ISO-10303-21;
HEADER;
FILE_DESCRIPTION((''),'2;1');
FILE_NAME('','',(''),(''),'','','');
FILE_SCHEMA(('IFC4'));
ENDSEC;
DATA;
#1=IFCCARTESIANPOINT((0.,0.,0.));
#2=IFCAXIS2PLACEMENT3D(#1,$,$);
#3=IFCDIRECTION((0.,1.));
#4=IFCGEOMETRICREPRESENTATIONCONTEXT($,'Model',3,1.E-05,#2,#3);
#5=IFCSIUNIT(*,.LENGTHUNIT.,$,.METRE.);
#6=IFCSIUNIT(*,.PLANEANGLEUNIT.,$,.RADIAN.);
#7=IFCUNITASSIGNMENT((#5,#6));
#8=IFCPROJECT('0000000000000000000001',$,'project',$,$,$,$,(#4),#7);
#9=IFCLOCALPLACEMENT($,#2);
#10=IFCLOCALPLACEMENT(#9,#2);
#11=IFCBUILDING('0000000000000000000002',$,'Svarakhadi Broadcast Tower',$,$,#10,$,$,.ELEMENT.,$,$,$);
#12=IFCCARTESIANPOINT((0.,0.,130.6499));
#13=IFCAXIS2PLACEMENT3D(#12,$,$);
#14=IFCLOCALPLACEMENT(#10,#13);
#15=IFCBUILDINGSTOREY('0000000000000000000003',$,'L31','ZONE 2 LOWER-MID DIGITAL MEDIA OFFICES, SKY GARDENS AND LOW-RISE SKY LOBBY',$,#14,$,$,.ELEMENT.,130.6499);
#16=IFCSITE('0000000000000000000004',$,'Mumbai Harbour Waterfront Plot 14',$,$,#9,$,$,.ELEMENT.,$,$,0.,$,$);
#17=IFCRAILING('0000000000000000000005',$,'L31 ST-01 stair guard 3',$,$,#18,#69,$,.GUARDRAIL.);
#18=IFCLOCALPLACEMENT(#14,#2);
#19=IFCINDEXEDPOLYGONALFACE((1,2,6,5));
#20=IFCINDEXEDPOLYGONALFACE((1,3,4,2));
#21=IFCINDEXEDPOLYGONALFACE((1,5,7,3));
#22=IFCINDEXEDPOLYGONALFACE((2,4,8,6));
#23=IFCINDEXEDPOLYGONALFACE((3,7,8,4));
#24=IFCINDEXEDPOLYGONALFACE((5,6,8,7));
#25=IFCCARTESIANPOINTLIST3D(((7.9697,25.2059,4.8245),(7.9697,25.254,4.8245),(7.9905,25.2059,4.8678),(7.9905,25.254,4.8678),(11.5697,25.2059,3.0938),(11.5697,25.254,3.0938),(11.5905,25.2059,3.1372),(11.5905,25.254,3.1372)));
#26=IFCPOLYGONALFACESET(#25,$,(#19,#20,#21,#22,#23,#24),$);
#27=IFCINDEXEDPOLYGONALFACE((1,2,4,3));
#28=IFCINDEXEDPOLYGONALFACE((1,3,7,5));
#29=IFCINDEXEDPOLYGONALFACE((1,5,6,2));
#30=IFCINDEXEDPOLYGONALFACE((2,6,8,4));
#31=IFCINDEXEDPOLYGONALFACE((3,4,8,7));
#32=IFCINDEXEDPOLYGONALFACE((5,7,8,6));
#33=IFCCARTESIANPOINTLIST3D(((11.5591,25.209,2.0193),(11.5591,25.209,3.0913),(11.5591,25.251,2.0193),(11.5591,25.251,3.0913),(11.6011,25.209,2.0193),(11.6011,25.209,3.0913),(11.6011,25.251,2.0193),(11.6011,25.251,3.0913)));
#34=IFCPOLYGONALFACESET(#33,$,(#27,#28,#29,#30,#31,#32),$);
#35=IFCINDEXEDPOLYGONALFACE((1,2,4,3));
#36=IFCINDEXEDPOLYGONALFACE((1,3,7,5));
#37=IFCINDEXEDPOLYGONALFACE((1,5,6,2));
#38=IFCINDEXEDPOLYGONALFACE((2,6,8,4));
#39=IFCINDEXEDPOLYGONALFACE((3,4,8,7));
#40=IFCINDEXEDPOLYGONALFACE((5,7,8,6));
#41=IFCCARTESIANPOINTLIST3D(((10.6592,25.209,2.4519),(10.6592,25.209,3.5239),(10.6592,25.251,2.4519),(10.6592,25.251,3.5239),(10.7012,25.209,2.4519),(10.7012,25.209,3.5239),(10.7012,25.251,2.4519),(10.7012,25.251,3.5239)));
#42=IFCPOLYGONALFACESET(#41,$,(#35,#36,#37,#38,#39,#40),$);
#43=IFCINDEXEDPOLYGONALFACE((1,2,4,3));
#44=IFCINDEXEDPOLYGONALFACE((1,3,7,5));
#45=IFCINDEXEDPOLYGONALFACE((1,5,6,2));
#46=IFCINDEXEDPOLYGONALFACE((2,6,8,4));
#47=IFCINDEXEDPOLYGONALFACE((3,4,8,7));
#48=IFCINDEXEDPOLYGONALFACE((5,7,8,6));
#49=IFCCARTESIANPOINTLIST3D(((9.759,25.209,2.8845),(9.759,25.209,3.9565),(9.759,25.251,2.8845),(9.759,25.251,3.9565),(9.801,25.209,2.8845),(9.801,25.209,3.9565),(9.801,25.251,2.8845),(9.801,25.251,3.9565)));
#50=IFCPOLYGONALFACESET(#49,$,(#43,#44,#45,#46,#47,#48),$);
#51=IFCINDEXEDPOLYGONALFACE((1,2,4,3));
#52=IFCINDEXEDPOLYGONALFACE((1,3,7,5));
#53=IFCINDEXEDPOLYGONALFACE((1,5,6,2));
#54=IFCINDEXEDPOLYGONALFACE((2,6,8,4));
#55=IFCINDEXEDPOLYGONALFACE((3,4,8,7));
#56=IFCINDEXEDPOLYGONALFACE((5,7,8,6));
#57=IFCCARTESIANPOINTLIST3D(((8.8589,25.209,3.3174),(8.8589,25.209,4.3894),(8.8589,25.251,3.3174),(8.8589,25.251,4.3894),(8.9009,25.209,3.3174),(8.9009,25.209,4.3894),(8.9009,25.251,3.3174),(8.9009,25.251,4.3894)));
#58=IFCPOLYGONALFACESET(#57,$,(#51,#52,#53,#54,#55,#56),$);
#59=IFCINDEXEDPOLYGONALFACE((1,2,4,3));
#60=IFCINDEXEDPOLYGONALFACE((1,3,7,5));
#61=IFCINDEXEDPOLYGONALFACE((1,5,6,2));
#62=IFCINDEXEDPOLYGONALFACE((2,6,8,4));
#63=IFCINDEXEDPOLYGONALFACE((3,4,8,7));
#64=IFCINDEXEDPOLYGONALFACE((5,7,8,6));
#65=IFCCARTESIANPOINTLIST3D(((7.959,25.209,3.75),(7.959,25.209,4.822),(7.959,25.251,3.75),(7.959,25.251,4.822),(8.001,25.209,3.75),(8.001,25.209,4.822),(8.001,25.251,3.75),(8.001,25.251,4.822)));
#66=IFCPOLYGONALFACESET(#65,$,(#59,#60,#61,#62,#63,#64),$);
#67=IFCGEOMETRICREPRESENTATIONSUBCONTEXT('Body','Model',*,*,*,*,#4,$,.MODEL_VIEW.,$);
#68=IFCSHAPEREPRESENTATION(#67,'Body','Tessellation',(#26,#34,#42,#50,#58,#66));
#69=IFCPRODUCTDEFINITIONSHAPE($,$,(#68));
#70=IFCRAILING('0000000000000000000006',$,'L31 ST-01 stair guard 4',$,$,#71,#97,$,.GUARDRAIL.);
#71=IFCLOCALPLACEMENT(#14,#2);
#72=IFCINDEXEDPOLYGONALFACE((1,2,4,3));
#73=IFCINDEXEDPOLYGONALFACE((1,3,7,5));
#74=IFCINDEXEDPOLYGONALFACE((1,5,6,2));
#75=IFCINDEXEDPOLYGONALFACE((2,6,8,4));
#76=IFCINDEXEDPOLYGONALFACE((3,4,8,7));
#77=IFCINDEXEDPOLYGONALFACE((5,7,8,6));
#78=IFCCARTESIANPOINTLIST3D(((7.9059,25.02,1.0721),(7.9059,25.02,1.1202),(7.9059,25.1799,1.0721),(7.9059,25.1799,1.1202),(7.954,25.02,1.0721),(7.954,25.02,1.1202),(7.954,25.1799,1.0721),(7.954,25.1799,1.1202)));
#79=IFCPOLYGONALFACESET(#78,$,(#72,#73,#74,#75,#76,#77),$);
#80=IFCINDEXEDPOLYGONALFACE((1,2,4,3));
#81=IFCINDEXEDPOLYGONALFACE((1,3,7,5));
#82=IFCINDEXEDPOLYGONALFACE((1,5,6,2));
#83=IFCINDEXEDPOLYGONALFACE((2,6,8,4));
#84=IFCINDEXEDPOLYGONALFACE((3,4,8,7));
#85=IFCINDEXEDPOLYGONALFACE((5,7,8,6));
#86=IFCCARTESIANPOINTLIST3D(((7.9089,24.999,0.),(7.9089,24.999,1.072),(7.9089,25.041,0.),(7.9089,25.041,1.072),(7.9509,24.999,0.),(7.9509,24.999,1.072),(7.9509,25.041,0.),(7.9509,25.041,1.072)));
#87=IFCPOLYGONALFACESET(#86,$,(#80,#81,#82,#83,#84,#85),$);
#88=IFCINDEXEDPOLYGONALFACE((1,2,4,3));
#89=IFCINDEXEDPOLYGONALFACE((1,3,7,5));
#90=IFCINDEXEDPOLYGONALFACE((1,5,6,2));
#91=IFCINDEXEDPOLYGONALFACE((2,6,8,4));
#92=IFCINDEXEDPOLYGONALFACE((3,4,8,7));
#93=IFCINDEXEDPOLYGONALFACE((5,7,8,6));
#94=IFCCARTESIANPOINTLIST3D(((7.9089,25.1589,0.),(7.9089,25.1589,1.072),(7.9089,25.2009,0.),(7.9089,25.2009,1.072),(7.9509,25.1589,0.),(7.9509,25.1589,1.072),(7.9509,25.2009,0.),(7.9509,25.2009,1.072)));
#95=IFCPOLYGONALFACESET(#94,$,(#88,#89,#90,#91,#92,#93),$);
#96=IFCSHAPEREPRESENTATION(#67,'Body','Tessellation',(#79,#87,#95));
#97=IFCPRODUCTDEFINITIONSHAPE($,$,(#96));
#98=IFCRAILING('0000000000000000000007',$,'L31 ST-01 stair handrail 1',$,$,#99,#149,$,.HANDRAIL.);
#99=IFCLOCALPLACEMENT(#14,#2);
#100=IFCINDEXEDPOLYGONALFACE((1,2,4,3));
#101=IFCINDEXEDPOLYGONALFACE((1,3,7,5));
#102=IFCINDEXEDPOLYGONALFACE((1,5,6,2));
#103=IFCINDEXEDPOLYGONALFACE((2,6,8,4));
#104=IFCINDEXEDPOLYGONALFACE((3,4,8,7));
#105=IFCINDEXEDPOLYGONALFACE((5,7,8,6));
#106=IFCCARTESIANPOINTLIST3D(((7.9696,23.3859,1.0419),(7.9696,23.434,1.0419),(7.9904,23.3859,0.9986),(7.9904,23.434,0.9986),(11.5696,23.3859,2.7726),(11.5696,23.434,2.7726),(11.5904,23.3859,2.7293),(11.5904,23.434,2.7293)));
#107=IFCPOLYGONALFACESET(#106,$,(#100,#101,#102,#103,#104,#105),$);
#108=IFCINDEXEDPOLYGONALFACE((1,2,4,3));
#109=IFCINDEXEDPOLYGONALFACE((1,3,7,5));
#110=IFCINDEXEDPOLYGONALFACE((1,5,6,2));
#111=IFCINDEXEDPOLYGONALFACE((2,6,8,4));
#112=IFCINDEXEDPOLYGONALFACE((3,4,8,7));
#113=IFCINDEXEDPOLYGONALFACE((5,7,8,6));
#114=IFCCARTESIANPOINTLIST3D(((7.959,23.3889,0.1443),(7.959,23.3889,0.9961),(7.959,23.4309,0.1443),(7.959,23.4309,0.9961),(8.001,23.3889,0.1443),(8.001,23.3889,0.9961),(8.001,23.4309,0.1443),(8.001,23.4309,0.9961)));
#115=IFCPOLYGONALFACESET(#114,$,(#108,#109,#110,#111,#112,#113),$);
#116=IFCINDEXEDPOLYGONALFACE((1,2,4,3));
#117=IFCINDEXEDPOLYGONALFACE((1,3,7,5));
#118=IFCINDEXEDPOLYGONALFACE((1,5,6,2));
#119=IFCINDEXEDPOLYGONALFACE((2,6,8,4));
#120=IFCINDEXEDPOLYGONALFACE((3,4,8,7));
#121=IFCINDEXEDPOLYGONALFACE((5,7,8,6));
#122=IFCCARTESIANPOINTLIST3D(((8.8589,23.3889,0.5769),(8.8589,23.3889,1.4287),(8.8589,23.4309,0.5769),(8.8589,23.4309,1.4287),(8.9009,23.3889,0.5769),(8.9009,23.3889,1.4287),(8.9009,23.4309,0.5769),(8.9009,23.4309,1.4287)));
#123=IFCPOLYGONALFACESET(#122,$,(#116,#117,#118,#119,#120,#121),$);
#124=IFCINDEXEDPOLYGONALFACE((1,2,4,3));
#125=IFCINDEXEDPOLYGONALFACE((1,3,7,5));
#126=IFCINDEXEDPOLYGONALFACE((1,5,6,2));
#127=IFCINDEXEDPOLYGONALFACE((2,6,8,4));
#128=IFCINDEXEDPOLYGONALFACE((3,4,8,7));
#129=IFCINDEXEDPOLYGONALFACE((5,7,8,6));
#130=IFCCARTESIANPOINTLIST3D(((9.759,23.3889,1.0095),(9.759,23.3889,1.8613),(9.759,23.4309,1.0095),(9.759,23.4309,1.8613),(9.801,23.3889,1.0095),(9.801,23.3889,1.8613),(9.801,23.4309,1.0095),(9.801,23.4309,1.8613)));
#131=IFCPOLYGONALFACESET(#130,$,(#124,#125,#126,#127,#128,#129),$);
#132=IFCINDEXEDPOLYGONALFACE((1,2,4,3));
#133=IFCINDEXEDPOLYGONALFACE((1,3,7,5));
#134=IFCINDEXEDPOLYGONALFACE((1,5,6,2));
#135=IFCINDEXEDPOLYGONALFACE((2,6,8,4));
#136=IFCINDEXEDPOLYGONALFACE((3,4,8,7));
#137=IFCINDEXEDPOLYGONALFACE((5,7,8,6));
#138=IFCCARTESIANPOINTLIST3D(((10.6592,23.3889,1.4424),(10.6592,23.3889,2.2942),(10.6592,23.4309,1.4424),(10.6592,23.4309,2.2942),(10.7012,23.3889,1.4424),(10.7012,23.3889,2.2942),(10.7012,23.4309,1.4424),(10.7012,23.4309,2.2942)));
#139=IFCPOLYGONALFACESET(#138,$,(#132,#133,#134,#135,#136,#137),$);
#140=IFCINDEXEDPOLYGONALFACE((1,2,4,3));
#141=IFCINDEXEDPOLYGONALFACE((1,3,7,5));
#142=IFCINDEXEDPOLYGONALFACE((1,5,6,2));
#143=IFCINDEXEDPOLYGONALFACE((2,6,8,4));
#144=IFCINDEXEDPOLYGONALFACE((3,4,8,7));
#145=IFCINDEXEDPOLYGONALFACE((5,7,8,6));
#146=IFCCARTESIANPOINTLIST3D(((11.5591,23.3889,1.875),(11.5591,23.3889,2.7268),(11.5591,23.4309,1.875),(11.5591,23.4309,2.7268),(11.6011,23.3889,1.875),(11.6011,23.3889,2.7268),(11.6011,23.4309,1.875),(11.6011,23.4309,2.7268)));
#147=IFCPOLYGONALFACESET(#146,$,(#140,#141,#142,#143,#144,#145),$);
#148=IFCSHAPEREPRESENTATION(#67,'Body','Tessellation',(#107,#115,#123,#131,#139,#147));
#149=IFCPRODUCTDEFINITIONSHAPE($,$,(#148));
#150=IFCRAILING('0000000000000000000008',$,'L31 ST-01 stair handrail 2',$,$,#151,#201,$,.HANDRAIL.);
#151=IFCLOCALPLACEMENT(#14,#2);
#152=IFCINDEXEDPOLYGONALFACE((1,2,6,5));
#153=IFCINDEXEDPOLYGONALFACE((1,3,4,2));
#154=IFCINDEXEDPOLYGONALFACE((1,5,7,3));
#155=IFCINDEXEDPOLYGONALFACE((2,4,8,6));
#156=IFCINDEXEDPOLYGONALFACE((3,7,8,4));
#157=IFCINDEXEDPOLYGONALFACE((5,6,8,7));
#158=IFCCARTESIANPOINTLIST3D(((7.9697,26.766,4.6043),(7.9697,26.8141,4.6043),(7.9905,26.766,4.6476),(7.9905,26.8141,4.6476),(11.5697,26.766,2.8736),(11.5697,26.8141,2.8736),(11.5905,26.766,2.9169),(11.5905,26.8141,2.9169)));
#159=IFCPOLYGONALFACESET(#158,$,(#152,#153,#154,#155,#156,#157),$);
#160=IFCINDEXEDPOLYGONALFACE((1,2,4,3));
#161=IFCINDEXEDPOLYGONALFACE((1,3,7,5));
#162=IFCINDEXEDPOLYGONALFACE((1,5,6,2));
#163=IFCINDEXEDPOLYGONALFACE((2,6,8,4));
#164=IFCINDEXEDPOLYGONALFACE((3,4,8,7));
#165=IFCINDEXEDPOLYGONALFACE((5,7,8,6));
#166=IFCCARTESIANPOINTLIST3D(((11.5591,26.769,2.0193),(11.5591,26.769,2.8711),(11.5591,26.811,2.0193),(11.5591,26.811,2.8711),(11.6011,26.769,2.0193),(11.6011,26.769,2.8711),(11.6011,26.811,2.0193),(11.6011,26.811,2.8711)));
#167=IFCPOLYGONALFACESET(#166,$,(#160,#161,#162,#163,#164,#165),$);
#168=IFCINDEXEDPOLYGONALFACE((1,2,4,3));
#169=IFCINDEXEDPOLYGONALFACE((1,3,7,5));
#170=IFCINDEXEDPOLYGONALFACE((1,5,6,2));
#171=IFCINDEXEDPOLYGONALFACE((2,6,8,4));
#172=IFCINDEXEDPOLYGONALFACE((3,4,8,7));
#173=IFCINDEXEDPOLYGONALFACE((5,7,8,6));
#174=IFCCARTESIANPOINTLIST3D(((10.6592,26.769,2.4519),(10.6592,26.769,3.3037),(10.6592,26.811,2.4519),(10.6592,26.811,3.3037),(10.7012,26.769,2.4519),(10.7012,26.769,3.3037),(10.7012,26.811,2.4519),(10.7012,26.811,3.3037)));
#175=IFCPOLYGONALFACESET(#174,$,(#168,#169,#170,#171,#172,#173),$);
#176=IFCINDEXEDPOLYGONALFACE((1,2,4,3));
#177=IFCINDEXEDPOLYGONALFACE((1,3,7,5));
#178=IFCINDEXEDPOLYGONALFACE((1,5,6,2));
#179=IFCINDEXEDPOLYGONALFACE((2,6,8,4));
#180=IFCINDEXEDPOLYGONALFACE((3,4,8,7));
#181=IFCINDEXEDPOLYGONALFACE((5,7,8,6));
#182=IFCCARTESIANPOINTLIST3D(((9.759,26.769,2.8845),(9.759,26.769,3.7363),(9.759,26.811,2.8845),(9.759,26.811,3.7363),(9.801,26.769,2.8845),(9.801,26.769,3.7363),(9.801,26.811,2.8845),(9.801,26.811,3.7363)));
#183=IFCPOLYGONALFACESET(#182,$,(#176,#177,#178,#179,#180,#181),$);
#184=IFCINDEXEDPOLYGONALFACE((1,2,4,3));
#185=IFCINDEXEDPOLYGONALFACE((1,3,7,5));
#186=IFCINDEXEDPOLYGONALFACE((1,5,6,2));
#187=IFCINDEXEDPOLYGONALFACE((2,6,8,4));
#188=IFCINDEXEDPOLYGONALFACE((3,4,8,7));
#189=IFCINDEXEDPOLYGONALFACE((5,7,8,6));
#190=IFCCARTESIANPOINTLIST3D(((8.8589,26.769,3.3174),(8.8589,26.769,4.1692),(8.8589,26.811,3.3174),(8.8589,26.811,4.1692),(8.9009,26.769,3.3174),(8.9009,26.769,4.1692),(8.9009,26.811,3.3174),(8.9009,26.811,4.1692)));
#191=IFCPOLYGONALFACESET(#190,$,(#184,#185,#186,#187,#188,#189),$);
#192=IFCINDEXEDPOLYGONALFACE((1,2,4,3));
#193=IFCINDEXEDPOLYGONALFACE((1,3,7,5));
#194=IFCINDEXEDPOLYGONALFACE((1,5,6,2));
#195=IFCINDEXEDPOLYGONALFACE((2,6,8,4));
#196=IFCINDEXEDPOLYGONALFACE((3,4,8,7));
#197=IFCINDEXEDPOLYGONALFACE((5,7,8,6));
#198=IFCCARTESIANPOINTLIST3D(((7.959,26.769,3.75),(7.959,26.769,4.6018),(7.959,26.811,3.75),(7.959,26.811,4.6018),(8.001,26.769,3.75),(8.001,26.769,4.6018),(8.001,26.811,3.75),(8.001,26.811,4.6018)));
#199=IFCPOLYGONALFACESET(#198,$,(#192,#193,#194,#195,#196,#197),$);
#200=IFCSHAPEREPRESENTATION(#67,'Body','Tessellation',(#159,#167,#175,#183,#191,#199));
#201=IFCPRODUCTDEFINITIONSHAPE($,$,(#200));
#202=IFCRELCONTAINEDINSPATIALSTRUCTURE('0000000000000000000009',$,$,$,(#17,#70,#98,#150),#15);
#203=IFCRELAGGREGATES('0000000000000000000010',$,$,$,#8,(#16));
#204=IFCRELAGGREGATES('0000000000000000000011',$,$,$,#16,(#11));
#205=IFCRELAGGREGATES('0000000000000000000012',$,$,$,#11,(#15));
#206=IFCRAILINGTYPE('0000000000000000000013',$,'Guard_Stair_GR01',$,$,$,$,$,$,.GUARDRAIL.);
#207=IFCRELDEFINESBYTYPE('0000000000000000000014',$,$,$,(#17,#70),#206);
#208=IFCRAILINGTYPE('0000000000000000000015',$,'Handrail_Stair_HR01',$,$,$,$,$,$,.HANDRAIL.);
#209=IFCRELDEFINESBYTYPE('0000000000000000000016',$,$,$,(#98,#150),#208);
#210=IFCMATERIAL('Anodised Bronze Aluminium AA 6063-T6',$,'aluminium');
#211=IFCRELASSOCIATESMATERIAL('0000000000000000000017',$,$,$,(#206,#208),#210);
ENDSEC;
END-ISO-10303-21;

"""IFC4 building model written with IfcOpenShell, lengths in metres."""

from ifc_helpers import new_model, si_unit, direction, frame, origin, origin_2d, place, context, subcontext, project, spatial, rectangle, extrude, material, type_object, element, save


model = new_model("IFC4")

# Units and contexts
model_context = context("Model", 3, precision=1e-05, world=origin(), true_north=direction((0.0, 1.0)))
body_context = subcontext(model_context, "Body", "Model", "MODEL_VIEW")
ifc_project = project(units=[si_unit("LENGTHUNIT", "METRE"), si_unit("PLANEANGLEUNIT", "RADIAN")], contexts=[model_context])

# Site, building, storey
site_placement = place(None, origin())
site = spatial("IfcSite", under=ifc_project, at=site_placement, Name="Mumbai Harbour Waterfront Plot 14", CompositionType="ELEMENT", RefElevation=0.0)
building_placement = place(site_placement, origin())
building = spatial("IfcBuilding", under=site, at=building_placement, Name="Svarakhadi Broadcast Tower", CompositionType="ELEMENT")
storey_placement = place(building_placement, frame((0.0, 0.0, 130.6499)))
storey = spatial("IfcBuildingStorey", under=building, at=storey_placement, Name="L31", Description="ZONE 2 LOWER-MID DIGITAL MEDIA OFFICES, SKY GARDENS AND LOW-RISE SKY LOBBY", CompositionType="ELEMENT", Elevation=130.6499)

# Railings
ifc_material_1 = material(Name="Anodised Bronze Aluminium AA 6063-T6", Category="aluminium")
railing_type_1 = type_object("IfcRailingType", Name="Guard_Stair_GR01", PredefinedType="GUARDRAIL", material=ifc_material_1)
railing_1_placement = place(storey_placement, frame((11.5801, 25.23, 2.0193)))
element("IfcRailing", 1, at=railing_1_placement, inside=storey, type_object=railing_type_1, Name="L31 ST-01 stair guard 3", PredefinedType="GUARDRAIL", context=body_context, shape_type="SweptSolid", body=[
    extrude(rectangle(XDim=0.0481, YDim=0.0481, at=origin_2d()), frame((0.0, 0.0, 1.0962), z_axis=(-0.901263, 0.0, 0.433273), x_axis=(0.0, -1.0, 0.0)), (0.0, 0.0, 1.0), 3.9944),
    extrude(rectangle(XDim=0.042, YDim=0.042, at=origin_2d()), origin(), (0.0, 0.0, 1.0), 1.072),
    extrude(rectangle(XDim=0.042, YDim=0.042, at=origin_2d()), frame((-0.8999, 0.0, 0.4326)), (0.0, 0.0, 1.0), 1.072),
    extrude(rectangle(XDim=0.042, YDim=0.042, at=origin_2d()), frame((-1.8, 0.0, 0.8652)), (0.0, 0.0, 1.0), 1.072),
    extrude(rectangle(XDim=0.042, YDim=0.042, at=origin_2d()), frame((-2.7002, 0.0, 1.2981)), (0.0, 0.0, 1.0), 1.072),
    extrude(rectangle(XDim=0.042, YDim=0.042, at=origin_2d()), frame((-3.6001, 0.0, 1.7307)), (0.0, 0.0, 1.0), 1.072),
])
railing_2_placement = place(storey_placement, frame((7.9299, 25.02, 0.0)))
element("IfcRailing", 2, at=railing_2_placement, inside=storey, type_object=railing_type_1, Name="L31 ST-01 stair guard 4", PredefinedType="GUARDRAIL", context=body_context, shape_type="SweptSolid", body=[
    extrude(rectangle(XDim=0.0481, YDim=0.0481, at=origin_2d()), frame((0.0, 0.0, 1.0962), z_axis=(0.0, 1.0, 0.0), x_axis=(-1.0, 0.0, 0.0)), (0.0, 0.0, 1.0), 0.1599),
    extrude(rectangle(XDim=0.042, YDim=0.042, at=origin_2d()), origin(), (0.0, 0.0, 1.0), 1.072),
    extrude(rectangle(XDim=0.042, YDim=0.042, at=origin_2d()), frame((0.0, 0.1599, 0.0)), (0.0, 0.0, 1.0), 1.072),
])
railing_type_2 = type_object("IfcRailingType", Name="Handrail_Stair_HR01", PredefinedType="HANDRAIL", material=ifc_material_1)
railing_3_placement = place(storey_placement, frame((7.98, 23.4099, 0.1443)))
element("IfcRailing", 3, at=railing_3_placement, inside=storey, type_object=railing_type_2, Name="L31 ST-01 stair handrail 1", PredefinedType="HANDRAIL", context=body_context, shape_type="SweptSolid", body=[
    extrude(rectangle(XDim=0.0481, YDim=0.0481, at=origin_2d()), frame((0.0, 0.0, 0.876), z_axis=(0.901263, 0.0, 0.433273), x_axis=(0.0, 1.0, 0.0)), (0.0, 0.0, 1.0), 3.9944),
    extrude(rectangle(XDim=0.042, YDim=0.042, at=origin_2d()), origin(), (0.0, 0.0, 1.0), 0.8518),
    extrude(rectangle(XDim=0.042, YDim=0.042, at=origin_2d()), frame((0.8999, 0.0, 0.4326)), (0.0, 0.0, 1.0), 0.8518),
    extrude(rectangle(XDim=0.042, YDim=0.042, at=origin_2d()), frame((1.8, 0.0, 0.8652)), (0.0, 0.0, 1.0), 0.8518),
    extrude(rectangle(XDim=0.042, YDim=0.042, at=origin_2d()), frame((2.7002, 0.0, 1.2981)), (0.0, 0.0, 1.0), 0.8518),
    extrude(rectangle(XDim=0.042, YDim=0.042, at=origin_2d()), frame((3.6001, 0.0, 1.7307)), (0.0, 0.0, 1.0), 0.8518),
])
railing_4_placement = place(storey_placement, frame((11.5801, 26.79, 2.0193)))
element("IfcRailing", 4, at=railing_4_placement, inside=storey, type_object=railing_type_2, Name="L31 ST-01 stair handrail 2", PredefinedType="HANDRAIL", context=body_context, shape_type="SweptSolid", body=[
    extrude(rectangle(XDim=0.0481, YDim=0.0481, at=origin_2d()), frame((0.0, 0.0, 0.876), z_axis=(-0.901263, 0.0, 0.433273), x_axis=(0.0, -1.0, 0.0)), (0.0, 0.0, 1.0), 3.9944),
    extrude(rectangle(XDim=0.042, YDim=0.042, at=origin_2d()), origin(), (0.0, 0.0, 1.0), 0.8518),
    extrude(rectangle(XDim=0.042, YDim=0.042, at=origin_2d()), frame((-0.8999, 0.0, 0.4326)), (0.0, 0.0, 1.0), 0.8518),
    extrude(rectangle(XDim=0.042, YDim=0.042, at=origin_2d()), frame((-1.8, 0.0, 0.8652)), (0.0, 0.0, 1.0), 0.8518),
    extrude(rectangle(XDim=0.042, YDim=0.042, at=origin_2d()), frame((-2.7002, 0.0, 1.2981)), (0.0, 0.0, 1.0), 0.8518),
    extrude(rectangle(XDim=0.042, YDim=0.042, at=origin_2d()), frame((-3.6001, 0.0, 1.7307)), (0.0, 0.0, 1.0), 0.8518),
])

save(model, "model.ifc")
